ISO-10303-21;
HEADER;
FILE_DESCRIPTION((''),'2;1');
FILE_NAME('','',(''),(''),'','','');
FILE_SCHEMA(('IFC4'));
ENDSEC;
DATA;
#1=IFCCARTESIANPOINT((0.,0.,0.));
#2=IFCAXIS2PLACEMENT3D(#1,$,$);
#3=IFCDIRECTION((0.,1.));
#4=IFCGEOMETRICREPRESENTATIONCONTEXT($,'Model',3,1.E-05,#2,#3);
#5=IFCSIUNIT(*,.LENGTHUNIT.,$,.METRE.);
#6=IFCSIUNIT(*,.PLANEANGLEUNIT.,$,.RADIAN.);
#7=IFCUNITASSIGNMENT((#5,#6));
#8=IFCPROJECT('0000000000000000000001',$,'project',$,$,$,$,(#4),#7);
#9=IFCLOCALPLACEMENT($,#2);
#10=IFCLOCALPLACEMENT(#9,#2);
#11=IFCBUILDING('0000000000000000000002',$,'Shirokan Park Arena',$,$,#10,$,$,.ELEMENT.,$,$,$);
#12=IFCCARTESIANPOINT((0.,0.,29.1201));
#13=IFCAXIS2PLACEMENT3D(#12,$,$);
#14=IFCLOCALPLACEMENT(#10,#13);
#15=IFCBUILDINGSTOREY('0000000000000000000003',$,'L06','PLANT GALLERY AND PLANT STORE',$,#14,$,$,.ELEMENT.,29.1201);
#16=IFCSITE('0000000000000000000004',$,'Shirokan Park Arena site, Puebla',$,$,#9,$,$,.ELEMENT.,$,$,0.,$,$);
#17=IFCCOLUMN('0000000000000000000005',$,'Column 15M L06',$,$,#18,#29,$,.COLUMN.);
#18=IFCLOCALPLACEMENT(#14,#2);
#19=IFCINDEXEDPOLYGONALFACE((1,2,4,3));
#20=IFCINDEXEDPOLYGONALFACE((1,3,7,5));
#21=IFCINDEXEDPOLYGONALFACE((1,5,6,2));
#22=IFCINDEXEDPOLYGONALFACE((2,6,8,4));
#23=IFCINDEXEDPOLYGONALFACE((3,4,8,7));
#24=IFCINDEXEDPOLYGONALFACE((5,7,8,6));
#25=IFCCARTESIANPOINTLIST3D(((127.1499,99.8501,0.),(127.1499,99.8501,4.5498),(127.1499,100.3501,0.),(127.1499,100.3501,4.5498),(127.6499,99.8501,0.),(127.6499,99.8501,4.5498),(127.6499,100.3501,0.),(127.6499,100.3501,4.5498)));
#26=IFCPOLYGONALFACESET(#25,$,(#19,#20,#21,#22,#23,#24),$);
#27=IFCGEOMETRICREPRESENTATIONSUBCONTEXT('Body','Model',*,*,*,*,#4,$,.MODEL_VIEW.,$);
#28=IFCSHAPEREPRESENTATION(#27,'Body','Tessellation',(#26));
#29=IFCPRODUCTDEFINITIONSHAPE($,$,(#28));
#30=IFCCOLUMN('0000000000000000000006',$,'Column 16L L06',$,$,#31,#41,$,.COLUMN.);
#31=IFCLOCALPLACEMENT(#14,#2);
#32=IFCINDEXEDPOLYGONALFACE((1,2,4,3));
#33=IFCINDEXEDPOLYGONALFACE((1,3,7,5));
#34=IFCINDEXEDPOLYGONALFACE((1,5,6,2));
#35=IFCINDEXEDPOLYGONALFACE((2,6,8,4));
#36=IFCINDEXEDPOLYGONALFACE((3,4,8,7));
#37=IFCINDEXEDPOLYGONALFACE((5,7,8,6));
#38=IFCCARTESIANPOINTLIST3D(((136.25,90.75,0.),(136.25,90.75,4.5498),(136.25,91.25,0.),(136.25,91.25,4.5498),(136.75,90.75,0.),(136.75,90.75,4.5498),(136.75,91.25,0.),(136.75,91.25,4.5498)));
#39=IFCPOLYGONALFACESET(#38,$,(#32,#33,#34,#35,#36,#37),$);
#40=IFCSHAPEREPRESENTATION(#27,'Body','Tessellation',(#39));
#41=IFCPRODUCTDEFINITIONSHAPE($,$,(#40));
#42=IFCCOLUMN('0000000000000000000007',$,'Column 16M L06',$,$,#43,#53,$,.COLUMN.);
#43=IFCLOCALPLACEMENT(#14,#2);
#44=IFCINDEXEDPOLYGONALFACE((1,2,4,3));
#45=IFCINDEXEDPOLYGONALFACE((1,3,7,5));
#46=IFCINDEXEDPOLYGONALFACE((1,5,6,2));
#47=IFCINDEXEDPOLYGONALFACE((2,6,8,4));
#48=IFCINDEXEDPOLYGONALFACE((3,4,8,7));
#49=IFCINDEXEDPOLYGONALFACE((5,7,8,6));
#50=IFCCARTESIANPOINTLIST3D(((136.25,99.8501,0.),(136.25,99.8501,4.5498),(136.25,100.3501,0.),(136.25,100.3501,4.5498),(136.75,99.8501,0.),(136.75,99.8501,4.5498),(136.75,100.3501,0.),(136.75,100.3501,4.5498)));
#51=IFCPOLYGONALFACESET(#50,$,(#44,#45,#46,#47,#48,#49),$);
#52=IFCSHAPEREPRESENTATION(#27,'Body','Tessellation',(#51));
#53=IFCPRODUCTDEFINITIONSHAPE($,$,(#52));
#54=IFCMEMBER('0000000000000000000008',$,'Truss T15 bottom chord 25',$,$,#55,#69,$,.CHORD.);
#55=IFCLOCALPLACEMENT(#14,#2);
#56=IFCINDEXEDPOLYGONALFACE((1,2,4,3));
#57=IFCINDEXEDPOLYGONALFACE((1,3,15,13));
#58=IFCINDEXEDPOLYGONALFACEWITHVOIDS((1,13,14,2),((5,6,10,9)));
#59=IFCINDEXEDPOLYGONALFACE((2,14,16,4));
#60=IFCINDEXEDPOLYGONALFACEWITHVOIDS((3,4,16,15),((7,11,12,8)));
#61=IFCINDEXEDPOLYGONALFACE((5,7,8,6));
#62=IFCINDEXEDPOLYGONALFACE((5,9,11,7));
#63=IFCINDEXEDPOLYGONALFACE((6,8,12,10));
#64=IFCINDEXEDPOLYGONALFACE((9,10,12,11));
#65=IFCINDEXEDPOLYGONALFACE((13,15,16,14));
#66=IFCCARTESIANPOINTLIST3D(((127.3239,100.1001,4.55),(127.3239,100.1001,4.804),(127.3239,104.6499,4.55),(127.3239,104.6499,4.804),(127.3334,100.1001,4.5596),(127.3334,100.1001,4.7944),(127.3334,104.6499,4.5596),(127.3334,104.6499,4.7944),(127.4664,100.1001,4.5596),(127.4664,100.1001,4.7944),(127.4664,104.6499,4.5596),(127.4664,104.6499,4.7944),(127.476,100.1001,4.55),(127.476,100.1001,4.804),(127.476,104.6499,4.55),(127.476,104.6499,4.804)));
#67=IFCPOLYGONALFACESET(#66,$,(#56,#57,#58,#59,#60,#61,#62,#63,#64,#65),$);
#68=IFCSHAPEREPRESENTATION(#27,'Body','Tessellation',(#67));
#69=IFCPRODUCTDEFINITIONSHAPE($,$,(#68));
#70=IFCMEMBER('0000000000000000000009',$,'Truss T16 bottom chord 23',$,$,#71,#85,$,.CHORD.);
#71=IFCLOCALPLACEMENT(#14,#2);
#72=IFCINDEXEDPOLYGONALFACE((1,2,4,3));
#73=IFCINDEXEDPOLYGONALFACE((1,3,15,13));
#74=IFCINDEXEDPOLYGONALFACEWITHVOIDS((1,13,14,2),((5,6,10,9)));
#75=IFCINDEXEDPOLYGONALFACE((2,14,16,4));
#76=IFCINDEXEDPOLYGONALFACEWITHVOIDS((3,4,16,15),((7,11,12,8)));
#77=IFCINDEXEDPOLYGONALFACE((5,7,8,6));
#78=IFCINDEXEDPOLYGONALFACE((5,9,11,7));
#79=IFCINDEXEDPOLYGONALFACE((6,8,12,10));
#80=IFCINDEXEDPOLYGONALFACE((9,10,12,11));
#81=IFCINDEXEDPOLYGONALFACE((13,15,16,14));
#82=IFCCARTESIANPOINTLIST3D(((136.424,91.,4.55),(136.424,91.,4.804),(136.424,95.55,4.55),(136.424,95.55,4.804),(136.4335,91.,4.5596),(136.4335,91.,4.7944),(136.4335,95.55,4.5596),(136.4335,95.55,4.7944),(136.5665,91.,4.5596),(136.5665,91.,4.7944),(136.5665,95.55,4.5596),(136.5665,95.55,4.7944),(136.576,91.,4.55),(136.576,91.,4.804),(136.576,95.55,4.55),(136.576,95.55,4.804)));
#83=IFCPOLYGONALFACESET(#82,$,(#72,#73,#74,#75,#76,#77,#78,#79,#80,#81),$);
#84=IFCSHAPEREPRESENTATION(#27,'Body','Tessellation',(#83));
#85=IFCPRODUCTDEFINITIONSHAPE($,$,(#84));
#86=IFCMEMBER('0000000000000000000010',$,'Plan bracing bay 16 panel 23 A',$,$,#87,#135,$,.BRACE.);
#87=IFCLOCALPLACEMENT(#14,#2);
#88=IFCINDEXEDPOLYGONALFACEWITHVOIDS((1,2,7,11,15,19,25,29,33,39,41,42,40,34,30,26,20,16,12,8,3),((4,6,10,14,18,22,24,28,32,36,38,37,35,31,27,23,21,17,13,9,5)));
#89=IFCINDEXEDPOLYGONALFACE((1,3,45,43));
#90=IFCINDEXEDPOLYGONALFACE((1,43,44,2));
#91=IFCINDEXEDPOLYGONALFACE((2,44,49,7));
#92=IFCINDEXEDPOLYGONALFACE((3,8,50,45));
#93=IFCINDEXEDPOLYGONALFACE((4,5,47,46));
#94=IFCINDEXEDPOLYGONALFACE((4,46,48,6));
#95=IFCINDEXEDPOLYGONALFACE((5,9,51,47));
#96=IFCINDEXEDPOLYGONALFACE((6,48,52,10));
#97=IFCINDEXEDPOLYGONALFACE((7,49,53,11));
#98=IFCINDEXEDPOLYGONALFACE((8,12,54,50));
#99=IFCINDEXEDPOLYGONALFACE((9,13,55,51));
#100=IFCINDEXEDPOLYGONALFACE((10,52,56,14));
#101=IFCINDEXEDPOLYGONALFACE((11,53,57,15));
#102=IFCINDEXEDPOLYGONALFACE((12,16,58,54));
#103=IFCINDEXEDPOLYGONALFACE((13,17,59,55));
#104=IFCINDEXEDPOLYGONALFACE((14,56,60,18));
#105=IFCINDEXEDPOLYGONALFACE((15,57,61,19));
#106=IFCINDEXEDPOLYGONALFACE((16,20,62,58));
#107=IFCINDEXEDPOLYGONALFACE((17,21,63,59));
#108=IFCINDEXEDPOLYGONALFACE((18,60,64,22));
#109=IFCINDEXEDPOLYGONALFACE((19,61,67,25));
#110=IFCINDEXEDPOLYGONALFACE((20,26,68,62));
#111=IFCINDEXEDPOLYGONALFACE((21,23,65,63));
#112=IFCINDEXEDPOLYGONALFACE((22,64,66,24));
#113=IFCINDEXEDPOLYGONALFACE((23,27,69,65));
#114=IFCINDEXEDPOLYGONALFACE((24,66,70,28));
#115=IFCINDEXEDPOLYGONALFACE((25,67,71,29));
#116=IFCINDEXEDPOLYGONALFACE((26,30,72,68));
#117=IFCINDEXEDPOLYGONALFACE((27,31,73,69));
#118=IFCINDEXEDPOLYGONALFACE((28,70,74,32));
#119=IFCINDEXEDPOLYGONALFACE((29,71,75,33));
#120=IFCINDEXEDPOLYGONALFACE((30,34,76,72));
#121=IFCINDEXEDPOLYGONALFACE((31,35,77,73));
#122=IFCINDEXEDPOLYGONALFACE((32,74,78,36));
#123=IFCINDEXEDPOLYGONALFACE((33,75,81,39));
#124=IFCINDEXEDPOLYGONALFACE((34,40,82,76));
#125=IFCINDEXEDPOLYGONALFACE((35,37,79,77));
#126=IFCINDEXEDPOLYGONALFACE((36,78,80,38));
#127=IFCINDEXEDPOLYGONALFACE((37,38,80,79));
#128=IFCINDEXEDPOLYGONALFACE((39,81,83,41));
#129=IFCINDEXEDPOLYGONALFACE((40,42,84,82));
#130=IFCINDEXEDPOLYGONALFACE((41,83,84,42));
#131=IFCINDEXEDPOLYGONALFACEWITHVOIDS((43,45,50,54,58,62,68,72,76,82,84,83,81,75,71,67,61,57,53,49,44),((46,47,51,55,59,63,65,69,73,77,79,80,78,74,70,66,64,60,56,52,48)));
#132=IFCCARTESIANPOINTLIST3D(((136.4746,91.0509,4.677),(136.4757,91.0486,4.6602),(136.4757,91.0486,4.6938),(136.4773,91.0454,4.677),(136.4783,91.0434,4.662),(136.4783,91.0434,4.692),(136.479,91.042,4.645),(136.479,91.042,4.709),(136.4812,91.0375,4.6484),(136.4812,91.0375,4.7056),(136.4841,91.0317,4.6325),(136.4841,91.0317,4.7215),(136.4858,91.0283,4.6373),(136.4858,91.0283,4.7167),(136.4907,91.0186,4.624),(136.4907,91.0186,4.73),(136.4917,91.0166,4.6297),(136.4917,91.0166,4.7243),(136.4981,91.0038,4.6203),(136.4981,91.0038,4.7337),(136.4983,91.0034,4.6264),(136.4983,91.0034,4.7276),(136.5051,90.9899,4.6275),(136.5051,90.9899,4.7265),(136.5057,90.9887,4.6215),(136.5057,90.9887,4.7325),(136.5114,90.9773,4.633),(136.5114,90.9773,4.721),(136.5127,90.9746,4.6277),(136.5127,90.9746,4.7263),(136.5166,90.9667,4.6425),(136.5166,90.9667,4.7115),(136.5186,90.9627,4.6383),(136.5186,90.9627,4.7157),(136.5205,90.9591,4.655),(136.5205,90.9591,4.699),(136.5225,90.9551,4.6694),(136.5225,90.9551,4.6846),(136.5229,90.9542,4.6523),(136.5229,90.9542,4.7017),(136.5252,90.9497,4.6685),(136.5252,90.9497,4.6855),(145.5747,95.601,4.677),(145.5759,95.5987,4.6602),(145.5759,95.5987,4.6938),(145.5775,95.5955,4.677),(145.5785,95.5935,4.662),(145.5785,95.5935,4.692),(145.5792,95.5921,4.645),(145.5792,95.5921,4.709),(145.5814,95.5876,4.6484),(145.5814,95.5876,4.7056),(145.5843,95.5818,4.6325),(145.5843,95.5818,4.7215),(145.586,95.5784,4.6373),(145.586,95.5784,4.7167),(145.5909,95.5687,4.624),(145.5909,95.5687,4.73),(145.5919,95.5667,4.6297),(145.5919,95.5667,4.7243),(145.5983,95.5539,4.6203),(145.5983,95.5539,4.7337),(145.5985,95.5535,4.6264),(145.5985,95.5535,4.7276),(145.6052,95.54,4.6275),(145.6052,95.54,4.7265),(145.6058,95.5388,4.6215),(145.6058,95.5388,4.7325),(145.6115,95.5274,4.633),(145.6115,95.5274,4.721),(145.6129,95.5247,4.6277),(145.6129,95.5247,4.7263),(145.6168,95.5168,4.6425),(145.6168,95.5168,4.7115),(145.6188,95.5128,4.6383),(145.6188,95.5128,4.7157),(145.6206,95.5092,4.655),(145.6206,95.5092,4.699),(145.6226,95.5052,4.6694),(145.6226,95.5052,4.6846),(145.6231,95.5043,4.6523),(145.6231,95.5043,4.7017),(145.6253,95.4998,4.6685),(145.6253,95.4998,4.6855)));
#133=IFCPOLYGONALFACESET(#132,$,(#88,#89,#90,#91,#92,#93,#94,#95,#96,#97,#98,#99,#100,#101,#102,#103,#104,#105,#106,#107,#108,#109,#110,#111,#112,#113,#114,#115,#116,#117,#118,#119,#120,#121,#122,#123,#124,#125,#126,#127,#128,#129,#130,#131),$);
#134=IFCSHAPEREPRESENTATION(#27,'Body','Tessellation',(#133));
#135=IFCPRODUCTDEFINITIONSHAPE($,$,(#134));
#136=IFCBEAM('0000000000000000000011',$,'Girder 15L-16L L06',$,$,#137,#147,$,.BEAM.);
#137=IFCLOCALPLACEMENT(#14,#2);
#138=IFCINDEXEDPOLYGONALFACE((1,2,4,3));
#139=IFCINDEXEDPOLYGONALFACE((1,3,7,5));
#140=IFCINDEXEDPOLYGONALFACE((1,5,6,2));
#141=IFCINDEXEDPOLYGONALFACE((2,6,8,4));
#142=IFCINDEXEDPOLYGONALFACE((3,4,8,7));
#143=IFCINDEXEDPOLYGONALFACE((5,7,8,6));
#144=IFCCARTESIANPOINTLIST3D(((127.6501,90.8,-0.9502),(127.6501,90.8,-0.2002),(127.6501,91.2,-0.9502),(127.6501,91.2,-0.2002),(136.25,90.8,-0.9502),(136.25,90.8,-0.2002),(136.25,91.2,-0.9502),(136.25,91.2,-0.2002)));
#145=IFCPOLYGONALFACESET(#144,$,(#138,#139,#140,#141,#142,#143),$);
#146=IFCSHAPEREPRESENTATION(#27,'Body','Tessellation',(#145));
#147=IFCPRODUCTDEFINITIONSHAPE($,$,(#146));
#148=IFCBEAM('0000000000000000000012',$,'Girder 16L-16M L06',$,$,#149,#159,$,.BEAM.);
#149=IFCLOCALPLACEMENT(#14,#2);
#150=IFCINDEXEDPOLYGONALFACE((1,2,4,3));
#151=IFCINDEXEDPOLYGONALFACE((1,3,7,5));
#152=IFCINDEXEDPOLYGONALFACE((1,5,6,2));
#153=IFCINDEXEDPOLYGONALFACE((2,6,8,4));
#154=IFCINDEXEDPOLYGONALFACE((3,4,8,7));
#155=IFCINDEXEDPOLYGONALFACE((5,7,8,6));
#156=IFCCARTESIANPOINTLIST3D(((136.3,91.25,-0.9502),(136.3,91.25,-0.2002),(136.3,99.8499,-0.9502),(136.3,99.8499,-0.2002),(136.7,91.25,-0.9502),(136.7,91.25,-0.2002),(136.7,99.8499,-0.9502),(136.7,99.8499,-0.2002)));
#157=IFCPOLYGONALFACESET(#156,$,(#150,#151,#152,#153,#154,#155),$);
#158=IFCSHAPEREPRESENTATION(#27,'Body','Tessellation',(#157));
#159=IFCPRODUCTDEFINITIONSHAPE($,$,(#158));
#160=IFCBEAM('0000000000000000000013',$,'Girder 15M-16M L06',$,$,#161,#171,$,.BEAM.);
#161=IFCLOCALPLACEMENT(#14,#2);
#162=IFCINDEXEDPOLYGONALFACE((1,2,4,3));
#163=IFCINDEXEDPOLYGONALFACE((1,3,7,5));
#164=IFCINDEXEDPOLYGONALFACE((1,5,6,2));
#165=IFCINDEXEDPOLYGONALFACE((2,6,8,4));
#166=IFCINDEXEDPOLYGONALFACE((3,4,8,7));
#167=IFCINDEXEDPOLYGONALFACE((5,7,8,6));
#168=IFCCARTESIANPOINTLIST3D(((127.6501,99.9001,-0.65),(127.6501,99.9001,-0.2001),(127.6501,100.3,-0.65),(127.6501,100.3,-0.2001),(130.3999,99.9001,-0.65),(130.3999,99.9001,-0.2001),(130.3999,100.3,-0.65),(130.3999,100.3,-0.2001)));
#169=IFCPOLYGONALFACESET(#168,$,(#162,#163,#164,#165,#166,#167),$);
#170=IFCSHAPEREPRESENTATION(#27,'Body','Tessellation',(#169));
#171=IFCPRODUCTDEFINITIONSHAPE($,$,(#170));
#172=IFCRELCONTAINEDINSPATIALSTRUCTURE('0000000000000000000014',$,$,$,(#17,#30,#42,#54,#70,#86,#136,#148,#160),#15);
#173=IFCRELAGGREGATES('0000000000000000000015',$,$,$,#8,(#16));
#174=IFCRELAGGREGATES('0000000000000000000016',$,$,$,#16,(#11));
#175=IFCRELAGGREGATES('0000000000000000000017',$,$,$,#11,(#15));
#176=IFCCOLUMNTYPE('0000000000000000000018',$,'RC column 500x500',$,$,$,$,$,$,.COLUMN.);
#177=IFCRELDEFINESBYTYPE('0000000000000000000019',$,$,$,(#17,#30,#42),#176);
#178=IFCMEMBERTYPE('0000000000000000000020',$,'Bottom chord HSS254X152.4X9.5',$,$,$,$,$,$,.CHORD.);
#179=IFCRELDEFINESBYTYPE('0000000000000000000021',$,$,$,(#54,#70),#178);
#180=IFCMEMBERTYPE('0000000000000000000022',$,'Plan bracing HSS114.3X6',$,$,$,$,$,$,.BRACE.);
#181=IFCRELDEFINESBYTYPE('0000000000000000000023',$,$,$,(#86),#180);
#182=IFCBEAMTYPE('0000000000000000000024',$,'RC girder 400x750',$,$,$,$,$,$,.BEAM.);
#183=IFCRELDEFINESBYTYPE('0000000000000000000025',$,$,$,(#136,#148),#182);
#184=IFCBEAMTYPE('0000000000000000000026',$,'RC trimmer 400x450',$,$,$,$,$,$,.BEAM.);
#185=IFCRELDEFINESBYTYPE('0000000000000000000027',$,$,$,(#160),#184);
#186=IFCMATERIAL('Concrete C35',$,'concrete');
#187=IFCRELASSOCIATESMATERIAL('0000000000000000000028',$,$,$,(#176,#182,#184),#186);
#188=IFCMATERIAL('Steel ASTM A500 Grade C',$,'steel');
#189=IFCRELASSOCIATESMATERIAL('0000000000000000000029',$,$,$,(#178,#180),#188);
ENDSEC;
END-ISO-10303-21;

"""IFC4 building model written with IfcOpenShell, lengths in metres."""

from ifc_helpers import new_model, si_unit, direction, frame, origin, origin_2d, place, context, subcontext, project, spatial, rectangle, hollow_rectangle, hollow_circle, extrude, material, material_profile, profile_set, type_object, element, save


model = new_model("IFC4")

# Units and contexts
model_context = context("Model", 3, precision=1e-05, world=origin(), true_north=direction((0.0, 1.0)))
body_context = subcontext(model_context, "Body", "Model", "MODEL_VIEW")
ifc_project = project(units=[si_unit("LENGTHUNIT", "METRE"), si_unit("PLANEANGLEUNIT", "RADIAN")], contexts=[model_context])

# Site, building, storey
site_placement = place(None, origin())
site = spatial("IfcSite", under=ifc_project, at=site_placement, Name="Shirokan Park Arena site, Puebla", CompositionType="ELEMENT", RefElevation=0.0)
building_placement = place(site_placement, origin())
building = spatial("IfcBuilding", under=site, at=building_placement, Name="Shirokan Park Arena", CompositionType="ELEMENT")
storey_placement = place(building_placement, frame((0.0, 0.0, 29.1201)))
storey = spatial("IfcBuildingStorey", under=building, at=storey_placement, Name="L06", Description="PLANT GALLERY AND PLANT STORE", CompositionType="ELEMENT", Elevation=29.1201)

# Columns
ifc_material_1 = material(Name="Concrete C35", Category="concrete")
ifc_material_profile_1 = material_profile(ifc_material_1, rectangle(XDim=0.5, YDim=0.5, at=origin_2d()), Name="500x500")
ifc_profile_set_1 = profile_set([ifc_material_profile_1], Name="Concrete C35")
column_type = type_object("IfcColumnType", Name="RC column 500x500", PredefinedType="COLUMN", material=ifc_profile_set_1)
for number, where, z_axis, x_axis, name in (
    (1, (127.3999, 100.1001, 0.0), (0.0, 0.0, 1.0), (1.0, 0.0, 0.0), "Column 15M L06"),
    (2, (136.5, 91.0, 0.0), (0.0, 0.0, 1.0), (1.0, 0.0, 0.0), "Column 16L L06"),
    (3, (136.5, 100.1001, 0.0), (0.0, 0.0, 1.0), (1.0, 0.0, 0.0), "Column 16M L06"),
):
    element("IfcColumn", number, at=place(storey_placement, frame(where, z_axis=z_axis, x_axis=x_axis)), inside=storey, type_object=column_type, Name=name, PredefinedType="COLUMN", context=body_context, shape_type="SweptSolid", body=[
        extrude(rectangle(XDim=0.5, YDim=0.5, at=origin_2d()), origin(), (0.0, 0.0, 1.0), 4.5498),
    ])

# Members
ifc_material_2 = material(Name="Steel ASTM A500 Grade C", Category="steel")
ifc_material_profile_2 = material_profile(ifc_material_2, hollow_rectangle(XDim=0.1521, YDim=0.2539, WallThickness=0.0095, at=origin_2d()), Name="HSS254X152.4X9.5")
ifc_profile_set_2 = profile_set([ifc_material_profile_2], Name="Steel ASTM A500 Grade C")
member_type_1 = type_object("IfcMemberType", Name="Bottom chord HSS254X152.4X9.5", PredefinedType="CHORD", material=ifc_profile_set_2)
member_1_placement = place(storey_placement, frame((127.3999, 100.1001, 4.677), z_axis=(0.0, 1.0, 0.0), x_axis=(-1.0, 0.0, 0.0)))
element("IfcMember", 4, at=member_1_placement, inside=storey, type_object=member_type_1, Name="Truss T15 bottom chord 25", PredefinedType="CHORD", context=body_context, shape_type="SweptSolid", body=[
    extrude(hollow_rectangle(XDim=0.1521, YDim=0.2539, WallThickness=0.0095, at=origin_2d()), origin(), (0.0, 0.0, 1.0), 4.5498),
])
member_2_placement = place(storey_placement, frame((136.5, 91.0, 4.677), z_axis=(0.0, 1.0, 0.0), x_axis=(-1.0, 0.0, 0.0)))
element("IfcMember", 5, at=member_2_placement, inside=storey, type_object=member_type_1, Name="Truss T16 bottom chord 23", PredefinedType="CHORD", context=body_context, shape_type="SweptSolid", body=[
    extrude(hollow_rectangle(XDim=0.1521, YDim=0.2539, WallThickness=0.0095, at=origin_2d()), origin(), (0.0, 0.0, 1.0), 4.55),
])
ifc_material_profile_3 = material_profile(ifc_material_2, hollow_circle(Radius=0.0569, WallThickness=0.0061, at=origin_2d()), Name="HSS114.3X6")
ifc_profile_set_3 = profile_set([ifc_material_profile_3], Name="Steel ASTM A500 Grade C")
member_type_2 = type_object("IfcMemberType", Name="Plan bracing HSS114.3X6", PredefinedType="BRACE", material=ifc_profile_set_3)
member_3_placement = place(storey_placement, frame((136.5, 91.0, 4.677), z_axis=(0.894427, 0.447214, 0.0), x_axis=(-0.447214, 0.894427, 0.0)))
element("IfcMember", 6, at=member_3_placement, inside=storey, type_object=member_type_2, Name="Plan bracing bay 16 panel 23 A", PredefinedType="BRACE", context=body_context, shape_type="SweptSolid", body=[
    extrude(hollow_circle(Radius=0.0569, WallThickness=0.0061, at=origin_2d()), origin(), (0.0, 0.0, 1.0), 10.1743),
])

# Beams
ifc_material_profile_4 = material_profile(ifc_material_1, rectangle(XDim=0.3999, YDim=0.75, at=origin_2d()), Name="400x750")
ifc_profile_set_4 = profile_set([ifc_material_profile_4], Name="Concrete C35")
beam_type_1 = type_object("IfcBeamType", Name="RC girder 400x750", PredefinedType="BEAM", material=ifc_profile_set_4)
for number, where, z_axis, x_axis, name in (
    (7, (127.6501, 91.0, -0.5752), (1.0, 0.0, 0.0), (0.0, 1.0, 0.0), "Girder 15L-16L L06"),
    (8, (136.5, 91.25, -0.5752), (0.0, 1.0, 0.0), (-1.0, 0.0, 0.0), "Girder 16L-16M L06"),
):
    element("IfcBeam", number, at=place(storey_placement, frame(where, z_axis=z_axis, x_axis=x_axis)), inside=storey, type_object=beam_type_1, Name=name, PredefinedType="BEAM", context=body_context, shape_type="SweptSolid", body=[
        extrude(rectangle(XDim=0.3999, YDim=0.75, at=origin_2d()), origin(), (0.0, 0.0, 1.0), 8.5999),
    ])
ifc_material_profile_5 = material_profile(ifc_material_1, rectangle(XDim=0.3999, YDim=0.45, at=origin_2d()), Name="400x450")
ifc_profile_set_5 = profile_set([ifc_material_profile_5], Name="Concrete C35")
beam_type_2 = type_object("IfcBeamType", Name="RC trimmer 400x450", PredefinedType="BEAM", material=ifc_profile_set_5)
beam_placement = place(storey_placement, frame((127.6501, 100.1001, -0.425), z_axis=(1.0, 0.0, 0.0), x_axis=(0.0, 1.0, 0.0)))
element("IfcBeam", 9, at=beam_placement, inside=storey, type_object=beam_type_2, Name="Girder 15M-16M L06", PredefinedType="BEAM", context=body_context, shape_type="SweptSolid", body=[
    extrude(rectangle(XDim=0.3999, YDim=0.45, at=origin_2d()), origin(), (0.0, 0.0, 1.0), 2.7498),
])

save(model, "model.ifc")
